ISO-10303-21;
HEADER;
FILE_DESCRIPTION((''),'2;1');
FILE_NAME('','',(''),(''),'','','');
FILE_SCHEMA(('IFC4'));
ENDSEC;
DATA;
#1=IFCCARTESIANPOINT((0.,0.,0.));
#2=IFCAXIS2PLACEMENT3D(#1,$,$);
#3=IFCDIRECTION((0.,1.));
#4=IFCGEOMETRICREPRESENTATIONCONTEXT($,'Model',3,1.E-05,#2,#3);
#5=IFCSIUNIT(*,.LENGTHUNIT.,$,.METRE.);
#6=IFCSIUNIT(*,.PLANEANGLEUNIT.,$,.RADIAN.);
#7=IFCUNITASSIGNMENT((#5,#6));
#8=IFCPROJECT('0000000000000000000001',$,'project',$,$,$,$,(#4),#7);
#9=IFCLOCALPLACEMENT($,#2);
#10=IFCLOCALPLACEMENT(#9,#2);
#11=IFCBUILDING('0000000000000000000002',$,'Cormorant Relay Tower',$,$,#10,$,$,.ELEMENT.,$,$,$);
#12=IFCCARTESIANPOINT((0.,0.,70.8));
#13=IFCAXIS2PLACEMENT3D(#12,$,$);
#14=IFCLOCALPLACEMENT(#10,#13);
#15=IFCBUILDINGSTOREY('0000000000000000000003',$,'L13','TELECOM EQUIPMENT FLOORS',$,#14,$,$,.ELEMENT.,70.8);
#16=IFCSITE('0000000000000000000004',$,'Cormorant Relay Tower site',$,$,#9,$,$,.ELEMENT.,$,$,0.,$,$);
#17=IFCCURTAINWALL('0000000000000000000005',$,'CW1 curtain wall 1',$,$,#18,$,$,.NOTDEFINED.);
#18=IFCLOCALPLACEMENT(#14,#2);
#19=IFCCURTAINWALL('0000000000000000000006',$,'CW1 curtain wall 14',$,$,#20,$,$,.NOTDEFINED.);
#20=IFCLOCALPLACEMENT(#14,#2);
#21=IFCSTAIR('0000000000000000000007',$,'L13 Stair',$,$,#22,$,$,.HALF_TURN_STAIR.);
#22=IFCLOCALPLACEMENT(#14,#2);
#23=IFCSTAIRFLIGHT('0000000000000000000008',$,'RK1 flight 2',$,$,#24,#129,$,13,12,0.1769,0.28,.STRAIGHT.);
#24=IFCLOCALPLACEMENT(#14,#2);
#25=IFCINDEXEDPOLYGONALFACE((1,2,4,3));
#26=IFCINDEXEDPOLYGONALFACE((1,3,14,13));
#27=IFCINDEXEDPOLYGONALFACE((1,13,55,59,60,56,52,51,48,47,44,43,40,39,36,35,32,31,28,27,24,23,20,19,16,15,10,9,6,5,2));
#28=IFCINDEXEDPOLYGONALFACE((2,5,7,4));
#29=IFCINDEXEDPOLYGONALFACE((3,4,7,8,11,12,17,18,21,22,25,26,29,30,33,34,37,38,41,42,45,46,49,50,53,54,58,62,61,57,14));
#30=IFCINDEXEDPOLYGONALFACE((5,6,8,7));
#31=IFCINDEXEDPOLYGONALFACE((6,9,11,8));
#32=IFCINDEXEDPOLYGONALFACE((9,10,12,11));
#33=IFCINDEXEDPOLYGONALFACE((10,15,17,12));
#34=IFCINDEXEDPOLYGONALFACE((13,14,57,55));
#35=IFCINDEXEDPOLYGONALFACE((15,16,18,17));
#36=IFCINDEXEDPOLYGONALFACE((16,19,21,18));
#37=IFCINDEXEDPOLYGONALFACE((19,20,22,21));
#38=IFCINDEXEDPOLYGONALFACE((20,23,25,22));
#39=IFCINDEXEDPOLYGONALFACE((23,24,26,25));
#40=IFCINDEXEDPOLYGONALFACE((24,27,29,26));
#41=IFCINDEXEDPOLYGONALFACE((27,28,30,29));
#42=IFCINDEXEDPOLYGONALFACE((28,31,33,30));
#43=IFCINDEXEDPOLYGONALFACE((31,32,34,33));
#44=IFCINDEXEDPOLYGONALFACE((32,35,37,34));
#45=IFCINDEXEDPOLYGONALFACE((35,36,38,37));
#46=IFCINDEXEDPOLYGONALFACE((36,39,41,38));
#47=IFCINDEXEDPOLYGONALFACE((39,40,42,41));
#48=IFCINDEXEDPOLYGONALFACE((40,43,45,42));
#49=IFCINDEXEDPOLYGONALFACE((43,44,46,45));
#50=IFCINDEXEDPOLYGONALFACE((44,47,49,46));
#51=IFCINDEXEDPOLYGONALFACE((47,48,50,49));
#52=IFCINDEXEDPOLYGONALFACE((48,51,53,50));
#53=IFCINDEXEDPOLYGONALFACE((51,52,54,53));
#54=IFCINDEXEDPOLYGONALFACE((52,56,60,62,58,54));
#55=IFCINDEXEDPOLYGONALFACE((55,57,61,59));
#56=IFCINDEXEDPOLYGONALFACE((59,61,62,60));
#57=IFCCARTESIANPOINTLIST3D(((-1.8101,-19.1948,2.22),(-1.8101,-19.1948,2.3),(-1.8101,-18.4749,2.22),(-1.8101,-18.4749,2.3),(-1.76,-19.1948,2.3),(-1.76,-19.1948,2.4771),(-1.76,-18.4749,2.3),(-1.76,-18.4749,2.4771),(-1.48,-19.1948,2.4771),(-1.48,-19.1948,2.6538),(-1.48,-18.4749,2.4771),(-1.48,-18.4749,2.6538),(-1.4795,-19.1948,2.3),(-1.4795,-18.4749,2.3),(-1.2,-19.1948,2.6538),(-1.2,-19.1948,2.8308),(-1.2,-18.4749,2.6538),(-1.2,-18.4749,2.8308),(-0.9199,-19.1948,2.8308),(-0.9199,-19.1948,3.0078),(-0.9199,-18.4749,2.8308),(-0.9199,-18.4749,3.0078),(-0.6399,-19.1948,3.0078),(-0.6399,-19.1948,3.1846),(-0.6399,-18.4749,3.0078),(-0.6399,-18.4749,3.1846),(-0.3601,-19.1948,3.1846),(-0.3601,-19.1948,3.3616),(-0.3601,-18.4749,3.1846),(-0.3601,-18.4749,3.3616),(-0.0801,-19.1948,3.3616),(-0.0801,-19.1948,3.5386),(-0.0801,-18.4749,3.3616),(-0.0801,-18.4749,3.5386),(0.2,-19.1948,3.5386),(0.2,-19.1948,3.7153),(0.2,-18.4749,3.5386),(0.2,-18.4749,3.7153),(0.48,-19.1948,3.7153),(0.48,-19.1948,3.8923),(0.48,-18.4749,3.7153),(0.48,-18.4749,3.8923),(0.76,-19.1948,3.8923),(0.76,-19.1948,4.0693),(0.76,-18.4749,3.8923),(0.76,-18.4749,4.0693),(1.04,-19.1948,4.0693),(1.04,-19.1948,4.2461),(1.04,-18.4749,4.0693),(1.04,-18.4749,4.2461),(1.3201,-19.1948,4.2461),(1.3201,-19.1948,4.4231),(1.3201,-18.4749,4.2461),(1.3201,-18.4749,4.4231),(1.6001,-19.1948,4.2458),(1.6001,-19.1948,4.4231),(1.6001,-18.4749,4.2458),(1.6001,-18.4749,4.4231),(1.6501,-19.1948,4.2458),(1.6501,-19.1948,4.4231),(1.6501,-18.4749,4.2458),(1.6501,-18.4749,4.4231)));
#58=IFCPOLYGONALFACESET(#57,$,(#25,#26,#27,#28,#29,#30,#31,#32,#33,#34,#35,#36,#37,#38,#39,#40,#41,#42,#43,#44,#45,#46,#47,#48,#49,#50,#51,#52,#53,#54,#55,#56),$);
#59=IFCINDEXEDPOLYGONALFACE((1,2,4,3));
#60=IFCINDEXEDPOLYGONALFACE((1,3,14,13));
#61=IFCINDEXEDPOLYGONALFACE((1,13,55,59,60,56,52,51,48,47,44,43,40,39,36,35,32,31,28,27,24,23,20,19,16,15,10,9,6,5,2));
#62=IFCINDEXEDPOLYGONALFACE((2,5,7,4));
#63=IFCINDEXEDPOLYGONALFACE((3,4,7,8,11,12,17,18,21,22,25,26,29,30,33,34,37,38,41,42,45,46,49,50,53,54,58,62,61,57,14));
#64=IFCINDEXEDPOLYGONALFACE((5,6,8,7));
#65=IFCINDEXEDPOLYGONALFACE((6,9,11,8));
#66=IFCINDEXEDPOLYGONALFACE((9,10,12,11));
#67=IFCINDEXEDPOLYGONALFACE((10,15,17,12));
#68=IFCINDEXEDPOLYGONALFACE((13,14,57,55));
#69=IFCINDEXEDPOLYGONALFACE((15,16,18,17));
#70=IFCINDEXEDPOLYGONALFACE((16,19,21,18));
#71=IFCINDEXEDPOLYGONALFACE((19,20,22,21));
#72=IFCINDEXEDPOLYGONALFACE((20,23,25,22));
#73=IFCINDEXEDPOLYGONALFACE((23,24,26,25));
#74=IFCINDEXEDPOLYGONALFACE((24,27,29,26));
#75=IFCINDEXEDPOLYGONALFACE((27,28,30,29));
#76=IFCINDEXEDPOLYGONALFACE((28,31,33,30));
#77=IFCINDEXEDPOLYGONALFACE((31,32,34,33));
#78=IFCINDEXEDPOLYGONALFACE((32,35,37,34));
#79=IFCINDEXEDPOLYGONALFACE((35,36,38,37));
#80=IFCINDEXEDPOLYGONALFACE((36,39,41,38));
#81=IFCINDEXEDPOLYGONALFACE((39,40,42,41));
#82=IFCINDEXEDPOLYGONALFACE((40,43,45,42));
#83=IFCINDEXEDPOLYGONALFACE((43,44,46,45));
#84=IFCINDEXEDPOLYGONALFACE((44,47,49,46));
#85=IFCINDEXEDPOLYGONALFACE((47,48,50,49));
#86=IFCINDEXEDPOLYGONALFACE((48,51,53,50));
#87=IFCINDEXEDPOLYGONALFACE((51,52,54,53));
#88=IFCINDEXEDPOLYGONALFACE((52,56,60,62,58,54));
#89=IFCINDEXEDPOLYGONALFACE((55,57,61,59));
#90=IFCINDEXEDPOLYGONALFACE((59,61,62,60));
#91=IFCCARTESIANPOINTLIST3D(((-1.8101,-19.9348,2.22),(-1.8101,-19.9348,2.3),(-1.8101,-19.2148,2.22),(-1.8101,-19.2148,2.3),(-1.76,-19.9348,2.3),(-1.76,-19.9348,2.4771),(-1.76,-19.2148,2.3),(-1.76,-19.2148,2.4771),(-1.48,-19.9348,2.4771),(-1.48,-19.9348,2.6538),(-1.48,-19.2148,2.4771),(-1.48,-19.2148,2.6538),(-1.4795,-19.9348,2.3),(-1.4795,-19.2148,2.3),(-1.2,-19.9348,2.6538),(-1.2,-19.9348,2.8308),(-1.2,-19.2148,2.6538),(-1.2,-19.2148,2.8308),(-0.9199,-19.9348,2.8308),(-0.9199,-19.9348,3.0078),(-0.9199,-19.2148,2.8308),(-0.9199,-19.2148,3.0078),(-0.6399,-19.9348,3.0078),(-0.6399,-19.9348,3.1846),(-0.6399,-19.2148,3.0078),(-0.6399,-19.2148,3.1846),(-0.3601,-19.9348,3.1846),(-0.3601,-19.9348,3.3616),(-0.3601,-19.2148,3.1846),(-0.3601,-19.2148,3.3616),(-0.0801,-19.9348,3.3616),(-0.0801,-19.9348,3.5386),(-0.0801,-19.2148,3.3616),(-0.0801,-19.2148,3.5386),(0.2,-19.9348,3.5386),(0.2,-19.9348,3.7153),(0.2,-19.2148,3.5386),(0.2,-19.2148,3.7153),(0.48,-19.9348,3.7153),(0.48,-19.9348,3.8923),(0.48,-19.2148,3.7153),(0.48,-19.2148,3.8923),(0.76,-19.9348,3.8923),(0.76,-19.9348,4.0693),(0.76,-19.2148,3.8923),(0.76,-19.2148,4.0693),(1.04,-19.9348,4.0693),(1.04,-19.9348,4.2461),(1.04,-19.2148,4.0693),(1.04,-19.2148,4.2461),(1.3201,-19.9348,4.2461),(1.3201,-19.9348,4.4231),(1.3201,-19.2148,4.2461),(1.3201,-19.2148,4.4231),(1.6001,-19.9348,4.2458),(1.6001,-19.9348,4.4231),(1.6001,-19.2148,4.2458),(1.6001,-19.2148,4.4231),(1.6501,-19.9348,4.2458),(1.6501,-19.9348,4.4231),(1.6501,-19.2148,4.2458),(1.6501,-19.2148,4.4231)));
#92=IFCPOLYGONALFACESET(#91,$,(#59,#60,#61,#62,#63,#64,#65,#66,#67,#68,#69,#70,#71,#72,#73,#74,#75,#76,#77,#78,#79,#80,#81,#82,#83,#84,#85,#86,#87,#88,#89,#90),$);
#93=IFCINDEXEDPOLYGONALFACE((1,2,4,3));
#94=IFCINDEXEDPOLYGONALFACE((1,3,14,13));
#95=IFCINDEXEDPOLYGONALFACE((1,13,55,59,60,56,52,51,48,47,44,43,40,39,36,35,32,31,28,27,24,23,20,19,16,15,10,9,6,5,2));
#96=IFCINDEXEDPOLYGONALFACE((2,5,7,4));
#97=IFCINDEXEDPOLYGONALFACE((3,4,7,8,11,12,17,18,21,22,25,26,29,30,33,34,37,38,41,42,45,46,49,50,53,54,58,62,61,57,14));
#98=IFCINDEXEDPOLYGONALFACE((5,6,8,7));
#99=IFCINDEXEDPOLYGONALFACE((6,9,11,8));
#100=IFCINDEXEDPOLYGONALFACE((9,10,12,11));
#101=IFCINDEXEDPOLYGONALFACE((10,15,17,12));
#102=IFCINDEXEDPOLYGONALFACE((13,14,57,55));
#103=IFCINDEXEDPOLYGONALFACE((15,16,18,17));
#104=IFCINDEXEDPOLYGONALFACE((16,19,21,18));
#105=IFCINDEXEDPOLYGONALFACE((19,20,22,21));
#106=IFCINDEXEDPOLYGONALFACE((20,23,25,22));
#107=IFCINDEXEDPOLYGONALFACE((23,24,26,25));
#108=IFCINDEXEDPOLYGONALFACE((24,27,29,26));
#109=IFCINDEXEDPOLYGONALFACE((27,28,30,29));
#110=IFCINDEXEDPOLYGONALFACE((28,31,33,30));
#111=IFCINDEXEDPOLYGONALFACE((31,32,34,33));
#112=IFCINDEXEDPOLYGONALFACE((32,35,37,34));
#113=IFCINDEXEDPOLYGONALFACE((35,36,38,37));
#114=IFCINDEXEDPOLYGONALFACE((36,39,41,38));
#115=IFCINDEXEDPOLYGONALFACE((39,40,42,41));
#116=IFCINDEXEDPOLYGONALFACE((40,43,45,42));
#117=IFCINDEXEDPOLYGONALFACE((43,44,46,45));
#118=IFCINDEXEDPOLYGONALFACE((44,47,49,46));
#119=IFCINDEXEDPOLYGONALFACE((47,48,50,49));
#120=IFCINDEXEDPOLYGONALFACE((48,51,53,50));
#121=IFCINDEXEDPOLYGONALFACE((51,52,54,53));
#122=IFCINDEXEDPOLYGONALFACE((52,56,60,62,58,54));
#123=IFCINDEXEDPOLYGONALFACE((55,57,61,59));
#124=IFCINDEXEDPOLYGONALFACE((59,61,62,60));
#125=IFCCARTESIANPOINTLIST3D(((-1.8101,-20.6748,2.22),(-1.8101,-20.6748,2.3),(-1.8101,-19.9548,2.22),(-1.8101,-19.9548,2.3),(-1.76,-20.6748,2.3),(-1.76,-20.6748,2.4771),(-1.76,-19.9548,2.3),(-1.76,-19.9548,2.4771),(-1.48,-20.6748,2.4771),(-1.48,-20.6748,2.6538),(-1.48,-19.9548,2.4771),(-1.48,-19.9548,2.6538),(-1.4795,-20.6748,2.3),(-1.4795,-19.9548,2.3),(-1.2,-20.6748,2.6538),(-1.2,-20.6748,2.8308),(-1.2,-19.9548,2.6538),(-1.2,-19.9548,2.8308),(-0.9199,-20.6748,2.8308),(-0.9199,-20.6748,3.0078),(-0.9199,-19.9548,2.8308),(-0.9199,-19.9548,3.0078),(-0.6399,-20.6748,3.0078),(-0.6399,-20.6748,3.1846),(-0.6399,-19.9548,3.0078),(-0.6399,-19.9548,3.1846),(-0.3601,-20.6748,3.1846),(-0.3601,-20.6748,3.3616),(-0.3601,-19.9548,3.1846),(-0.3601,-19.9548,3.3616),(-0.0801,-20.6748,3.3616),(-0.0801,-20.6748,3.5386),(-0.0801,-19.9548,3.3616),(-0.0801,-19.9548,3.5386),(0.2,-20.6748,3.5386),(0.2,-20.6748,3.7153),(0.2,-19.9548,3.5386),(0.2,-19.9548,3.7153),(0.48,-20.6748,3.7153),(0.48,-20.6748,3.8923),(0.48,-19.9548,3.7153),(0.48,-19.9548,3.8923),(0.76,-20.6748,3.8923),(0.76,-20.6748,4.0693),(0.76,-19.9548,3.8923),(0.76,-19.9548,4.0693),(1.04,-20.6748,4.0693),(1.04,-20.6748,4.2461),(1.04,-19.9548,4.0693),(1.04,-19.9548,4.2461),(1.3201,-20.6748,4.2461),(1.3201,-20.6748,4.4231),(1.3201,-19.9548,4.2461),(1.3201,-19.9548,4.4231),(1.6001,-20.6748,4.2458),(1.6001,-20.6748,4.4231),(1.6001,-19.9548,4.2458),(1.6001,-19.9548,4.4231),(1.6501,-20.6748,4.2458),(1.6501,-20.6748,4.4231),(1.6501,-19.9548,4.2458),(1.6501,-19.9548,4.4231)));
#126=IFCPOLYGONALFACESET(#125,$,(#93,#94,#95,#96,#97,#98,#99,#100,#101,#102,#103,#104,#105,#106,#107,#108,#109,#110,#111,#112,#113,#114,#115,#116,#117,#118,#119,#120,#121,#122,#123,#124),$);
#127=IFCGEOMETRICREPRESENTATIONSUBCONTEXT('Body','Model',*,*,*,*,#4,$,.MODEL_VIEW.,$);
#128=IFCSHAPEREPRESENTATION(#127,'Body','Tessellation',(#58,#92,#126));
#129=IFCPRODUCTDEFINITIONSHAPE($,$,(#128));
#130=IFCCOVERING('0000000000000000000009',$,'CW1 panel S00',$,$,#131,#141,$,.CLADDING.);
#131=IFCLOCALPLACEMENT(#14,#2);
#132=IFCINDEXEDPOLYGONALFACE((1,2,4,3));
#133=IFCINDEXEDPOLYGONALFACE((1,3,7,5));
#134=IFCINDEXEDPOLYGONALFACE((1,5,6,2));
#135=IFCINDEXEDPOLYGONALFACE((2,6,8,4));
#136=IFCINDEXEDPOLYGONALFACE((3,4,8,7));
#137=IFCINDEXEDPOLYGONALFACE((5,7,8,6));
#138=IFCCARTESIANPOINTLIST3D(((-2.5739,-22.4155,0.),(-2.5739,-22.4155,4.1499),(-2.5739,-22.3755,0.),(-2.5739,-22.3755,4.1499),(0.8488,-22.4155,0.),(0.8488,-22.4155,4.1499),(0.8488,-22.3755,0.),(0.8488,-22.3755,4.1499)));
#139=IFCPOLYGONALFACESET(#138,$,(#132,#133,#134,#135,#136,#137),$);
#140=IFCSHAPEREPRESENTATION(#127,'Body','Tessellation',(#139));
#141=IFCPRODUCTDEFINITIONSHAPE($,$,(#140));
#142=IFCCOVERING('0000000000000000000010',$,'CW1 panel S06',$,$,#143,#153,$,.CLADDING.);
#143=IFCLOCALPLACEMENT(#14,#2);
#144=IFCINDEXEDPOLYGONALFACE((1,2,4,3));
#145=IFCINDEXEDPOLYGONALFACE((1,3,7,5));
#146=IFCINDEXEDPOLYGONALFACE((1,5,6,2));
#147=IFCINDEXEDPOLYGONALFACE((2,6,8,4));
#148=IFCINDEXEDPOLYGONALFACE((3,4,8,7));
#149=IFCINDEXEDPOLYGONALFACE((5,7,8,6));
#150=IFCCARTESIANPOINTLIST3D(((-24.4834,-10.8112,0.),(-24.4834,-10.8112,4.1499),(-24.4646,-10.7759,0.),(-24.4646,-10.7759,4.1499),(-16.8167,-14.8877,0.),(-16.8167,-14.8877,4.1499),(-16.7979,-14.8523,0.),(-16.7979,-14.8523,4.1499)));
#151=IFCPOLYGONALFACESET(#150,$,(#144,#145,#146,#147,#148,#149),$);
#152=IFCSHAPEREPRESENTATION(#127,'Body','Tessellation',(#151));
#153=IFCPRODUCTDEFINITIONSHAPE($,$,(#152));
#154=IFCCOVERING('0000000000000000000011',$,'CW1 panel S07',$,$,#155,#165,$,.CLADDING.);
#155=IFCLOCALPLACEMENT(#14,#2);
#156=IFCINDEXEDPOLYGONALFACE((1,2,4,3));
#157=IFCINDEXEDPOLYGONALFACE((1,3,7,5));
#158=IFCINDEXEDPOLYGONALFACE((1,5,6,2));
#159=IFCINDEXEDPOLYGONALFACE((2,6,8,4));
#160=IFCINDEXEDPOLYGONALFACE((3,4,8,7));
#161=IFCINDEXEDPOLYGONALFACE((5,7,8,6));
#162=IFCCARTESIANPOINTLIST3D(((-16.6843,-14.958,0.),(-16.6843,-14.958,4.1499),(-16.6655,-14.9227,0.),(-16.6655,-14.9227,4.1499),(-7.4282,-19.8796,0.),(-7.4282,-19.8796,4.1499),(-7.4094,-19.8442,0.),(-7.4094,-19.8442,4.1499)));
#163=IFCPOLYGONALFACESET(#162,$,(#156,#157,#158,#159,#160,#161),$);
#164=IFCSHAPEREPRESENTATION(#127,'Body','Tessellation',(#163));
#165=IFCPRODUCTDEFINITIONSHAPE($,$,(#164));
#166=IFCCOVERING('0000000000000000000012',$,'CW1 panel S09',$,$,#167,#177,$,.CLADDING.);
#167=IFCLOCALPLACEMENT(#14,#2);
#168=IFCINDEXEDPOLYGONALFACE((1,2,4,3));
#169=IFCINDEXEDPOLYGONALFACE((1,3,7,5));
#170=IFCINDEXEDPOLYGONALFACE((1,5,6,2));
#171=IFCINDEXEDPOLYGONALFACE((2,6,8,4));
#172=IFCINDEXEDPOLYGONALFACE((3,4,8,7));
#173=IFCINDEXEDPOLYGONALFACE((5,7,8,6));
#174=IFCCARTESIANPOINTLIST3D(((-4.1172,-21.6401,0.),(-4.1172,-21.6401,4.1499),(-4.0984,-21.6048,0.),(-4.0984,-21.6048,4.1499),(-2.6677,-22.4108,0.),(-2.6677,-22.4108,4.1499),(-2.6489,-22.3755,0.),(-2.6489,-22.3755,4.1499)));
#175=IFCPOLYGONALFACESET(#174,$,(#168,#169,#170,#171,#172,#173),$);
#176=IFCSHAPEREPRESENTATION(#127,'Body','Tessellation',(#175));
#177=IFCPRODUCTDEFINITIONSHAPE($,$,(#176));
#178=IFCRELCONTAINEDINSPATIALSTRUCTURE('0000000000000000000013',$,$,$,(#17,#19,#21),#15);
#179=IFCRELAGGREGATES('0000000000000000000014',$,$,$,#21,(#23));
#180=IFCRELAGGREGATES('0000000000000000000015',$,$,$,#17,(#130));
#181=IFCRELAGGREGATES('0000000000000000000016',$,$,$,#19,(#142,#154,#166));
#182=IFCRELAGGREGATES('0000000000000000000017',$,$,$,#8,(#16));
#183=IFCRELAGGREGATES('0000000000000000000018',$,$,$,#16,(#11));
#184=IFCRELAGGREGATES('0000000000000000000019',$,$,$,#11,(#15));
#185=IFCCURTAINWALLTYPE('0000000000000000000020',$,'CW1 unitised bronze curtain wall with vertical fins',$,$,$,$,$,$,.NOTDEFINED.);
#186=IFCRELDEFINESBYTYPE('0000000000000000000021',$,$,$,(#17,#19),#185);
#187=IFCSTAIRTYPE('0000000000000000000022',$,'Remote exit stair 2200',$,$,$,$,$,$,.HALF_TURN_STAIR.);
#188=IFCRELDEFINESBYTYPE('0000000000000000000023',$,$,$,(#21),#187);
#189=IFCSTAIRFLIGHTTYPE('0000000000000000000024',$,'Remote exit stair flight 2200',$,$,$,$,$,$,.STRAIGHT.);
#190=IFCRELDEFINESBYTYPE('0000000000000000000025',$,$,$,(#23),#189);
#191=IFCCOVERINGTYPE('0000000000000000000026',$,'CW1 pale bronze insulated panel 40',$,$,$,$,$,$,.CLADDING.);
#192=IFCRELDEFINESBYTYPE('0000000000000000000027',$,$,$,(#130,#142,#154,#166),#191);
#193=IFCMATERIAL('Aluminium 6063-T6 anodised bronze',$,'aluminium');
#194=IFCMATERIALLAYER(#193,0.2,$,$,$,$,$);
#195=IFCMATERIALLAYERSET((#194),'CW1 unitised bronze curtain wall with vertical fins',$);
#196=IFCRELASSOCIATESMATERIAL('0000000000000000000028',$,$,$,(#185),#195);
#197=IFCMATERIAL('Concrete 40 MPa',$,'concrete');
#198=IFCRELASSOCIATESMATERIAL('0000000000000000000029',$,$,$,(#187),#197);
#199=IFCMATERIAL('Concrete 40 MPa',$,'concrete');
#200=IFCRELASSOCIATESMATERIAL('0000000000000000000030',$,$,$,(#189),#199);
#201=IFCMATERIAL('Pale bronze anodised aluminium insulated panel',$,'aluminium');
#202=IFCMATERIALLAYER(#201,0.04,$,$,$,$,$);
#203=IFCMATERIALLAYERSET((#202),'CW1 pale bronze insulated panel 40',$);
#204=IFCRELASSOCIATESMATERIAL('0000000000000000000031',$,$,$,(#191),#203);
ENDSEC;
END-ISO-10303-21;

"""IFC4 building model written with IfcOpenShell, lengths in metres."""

from ifc_helpers import new_model, si_unit, direction, frame, origin, origin_2d, place, context, subcontext, project, spatial, polyline, rectangle, outline, extrude, material, layer, layer_set, type_object, element, aggregate, save


model = new_model("IFC4")

# Units and contexts
model_context = context("Model", 3, precision=1e-05, world=origin(), true_north=direction((0.0, 1.0)))
body_context = subcontext(model_context, "Body", "Model", "MODEL_VIEW")
ifc_project = project(units=[si_unit("LENGTHUNIT", "METRE"), si_unit("PLANEANGLEUNIT", "RADIAN")], contexts=[model_context])

# Site, building, storey
site_placement = place(None, origin())
site = spatial("IfcSite", under=ifc_project, at=site_placement, Name="Cormorant Relay Tower site", CompositionType="ELEMENT", RefElevation=0.0)
building_placement = place(site_placement, origin())
building = spatial("IfcBuilding", under=site, at=building_placement, Name="Cormorant Relay Tower", CompositionType="ELEMENT")
storey_placement = place(building_placement, frame((0.0, 0.0, 70.8)))
storey = spatial("IfcBuildingStorey", under=building, at=storey_placement, Name="L13", Description="TELECOM EQUIPMENT FLOORS", CompositionType="ELEMENT", Elevation=70.8)

# Curtain wall
ifc_material_1 = material(Name="Aluminium 6063-T6 anodised bronze", Category="aluminium")
ifc_layer_1 = layer(ifc_material_1, 0.2)
ifc_layer_set_1 = layer_set([ifc_layer_1], Name="CW1 unitised bronze curtain wall with vertical fins")
curtain_wall_type = type_object("IfcCurtainWallType", Name="CW1 unitised bronze curtain wall with vertical fins", PredefinedType="NOTDEFINED", material=ifc_layer_set_1)
curtain_wall_1_placement = place(storey_placement, origin())
curtain_wall_1 = element("IfcCurtainWall", 1, at=curtain_wall_1_placement, inside=storey, type_object=curtain_wall_type, Name="CW1 curtain wall 1", PredefinedType="NOTDEFINED")

# Curtain wall
curtain_wall_2_placement = place(storey_placement, origin())
curtain_wall_2 = element("IfcCurtainWall", 2, at=curtain_wall_2_placement, inside=storey, type_object=curtain_wall_type, Name="CW1 curtain wall 14", PredefinedType="NOTDEFINED")

# Stair, stair flight
ifc_material_2 = material(Name="Concrete 40 MPa", Category="concrete")
stair_type = type_object("IfcStairType", Name="Remote exit stair 2200", PredefinedType="HALF_TURN_STAIR", material=ifc_material_2)
stair_placement = place(storey_placement, origin())
stair = element("IfcStair", 3, at=stair_placement, inside=storey, type_object=stair_type, Name="L13 Stair", PredefinedType="HALF_TURN_STAIR")
ifc_material_3 = material(Name="Concrete 40 MPa", Category="concrete")
stair_flight_type = type_object("IfcStairFlightType", Name="Remote exit stair flight 2200", PredefinedType="STRAIGHT", material=ifc_material_3)
stair_flight_placement = place(storey_placement, frame((-1.76, -19.575, 2.3), z_axis=(0.0, 0.0, 1.0), x_axis=(1.0, 0.0, 0.0)))
stair_flight = element("IfcStairFlight", 4, at=stair_flight_placement, type_object=stair_flight_type, Name="RK1 flight 2", NumberOfRisers=13, NumberOfTreads=12, PredefinedType="STRAIGHT", RiserHeight=0.1769, TreadLength=0.28, context=body_context, shape_type="SweptSolid", body=[
    extrude(outline(polyline([(-0.05, -0.0801), (-0.05, 0.0), (0.0, 0.0), (0.0, 0.177), (0.28, 0.177), (0.28, 0.3538), (0.5601, 0.3538), (0.5601, 0.5308), (0.8401, 0.5308), (0.8401, 0.7078), (1.1201, 0.7078), (1.1201, 0.8845), (1.3999, 0.8845), (1.3999, 1.0615), (1.6799, 1.0615), (1.6799, 1.2385), (1.96, 1.2385), (1.96, 1.4153), (2.24, 1.4153), (2.24, 1.5923), (2.52, 1.5923), (2.52, 1.7693), (2.8, 1.7693), (2.8, 1.946), (3.0801, 1.946), (3.0801, 2.123), (3.3601, 2.123), (3.4102, 2.123), (3.4102, 1.9458), (3.3601, 1.9458), (0.2805, 0.0), (-0.05, -0.0801)])), frame((0.0, 1.1001, 0.0), z_axis=(0.0, -1.0, 0.0), x_axis=(1.0, 0.0, 0.0)), (0.0, 0.0, 1.0), 0.72),
    extrude(outline(polyline([(-0.05, -0.0801), (-0.05, 0.0), (0.0, 0.0), (0.0, 0.177), (0.28, 0.177), (0.28, 0.3538), (0.5601, 0.3538), (0.5601, 0.5308), (0.8401, 0.5308), (0.8401, 0.7078), (1.1201, 0.7078), (1.1201, 0.8845), (1.3999, 0.8845), (1.3999, 1.0615), (1.6799, 1.0615), (1.6799, 1.2385), (1.96, 1.2385), (1.96, 1.4153), (2.24, 1.4153), (2.24, 1.5923), (2.52, 1.5923), (2.52, 1.7693), (2.8, 1.7693), (2.8, 1.946), (3.0801, 1.946), (3.0801, 2.123), (3.3601, 2.123), (3.4102, 2.123), (3.4102, 1.9458), (3.3601, 1.9458), (0.2805, 0.0), (-0.05, -0.0801)])), frame((0.0, 0.3601, 0.0), z_axis=(0.0, -1.0, 0.0), x_axis=(1.0, 0.0, 0.0)), (0.0, 0.0, 1.0), 0.72),
    extrude(outline(polyline([(-0.05, -0.0801), (-0.05, 0.0), (0.0, 0.0), (0.0, 0.177), (0.28, 0.177), (0.28, 0.3538), (0.5601, 0.3538), (0.5601, 0.5308), (0.8401, 0.5308), (0.8401, 0.7078), (1.1201, 0.7078), (1.1201, 0.8845), (1.3999, 0.8845), (1.3999, 1.0615), (1.6799, 1.0615), (1.6799, 1.2385), (1.96, 1.2385), (1.96, 1.4153), (2.24, 1.4153), (2.24, 1.5923), (2.52, 1.5923), (2.52, 1.7693), (2.8, 1.7693), (2.8, 1.946), (3.0801, 1.946), (3.0801, 2.123), (3.3601, 2.123), (3.4102, 2.123), (3.4102, 1.9458), (3.3601, 1.9458), (0.2805, 0.0), (-0.05, -0.0801)])), frame((0.0, -0.3799, 0.0), z_axis=(0.0, -1.0, 0.0), x_axis=(1.0, 0.0, 0.0)), (0.0, 0.0, 1.0), 0.72),
])
aggregate(stair, [stair_flight])

# Coverings
ifc_material_4 = material(Name="Pale bronze anodised aluminium insulated panel", Category="aluminium")
ifc_layer_2 = layer(ifc_material_4, 0.04)
ifc_layer_set_2 = layer_set([ifc_layer_2], Name="CW1 pale bronze insulated panel 40")
covering_type = type_object("IfcCoveringType", Name="CW1 pale bronze insulated panel 40", PredefinedType="CLADDING", material=ifc_layer_set_2)
covering_1_placement = place(storey_placement, frame((-0.8625, -22.3955, 0.0), z_axis=(0.0, 0.0, 1.0), x_axis=(1.0, 0.0, 0.0)))
covering_1 = element("IfcCovering", 5, at=covering_1_placement, type_object=covering_type, Name="CW1 panel S00", PredefinedType="CLADDING", context=body_context, shape_type="SweptSolid", body=[
    extrude(rectangle(XDim=3.4226, YDim=0.04, at=origin_2d()), origin(), (0.0, 0.0, 1.0), 4.1499),
])
aggregate(curtain_wall_1, [covering_1])
covering_2_placement = place(storey_placement, frame((-20.6406, -12.8318, 0.0), z_axis=(0.0, 0.0, 1.0), x_axis=(0.882948, -0.469472, 0.0)))
covering_2 = element("IfcCovering", 6, at=covering_2_placement, type_object=covering_type, Name="CW1 panel S06", PredefinedType="CLADDING", context=body_context, shape_type="SweptSolid", body=[
    extrude(rectangle(XDim=8.6831, YDim=0.04, at=origin_2d()), origin(), (0.0, 0.0, 1.0), 4.1499),
])
covering_3_placement = place(storey_placement, frame((-12.0469, -17.4011, 0.0), z_axis=(0.0, 0.0, 1.0), x_axis=(0.882948, -0.469472, 0.0)))
covering_3 = element("IfcCovering", 7, at=covering_3_placement, type_object=covering_type, Name="CW1 panel S07", PredefinedType="CLADDING", context=body_context, shape_type="SweptSolid", body=[
    extrude(rectangle(XDim=10.4832, YDim=0.04, at=origin_2d()), origin(), (0.0, 0.0, 1.0), 4.1499),
])
covering_4_placement = place(storey_placement, frame((-3.3831, -22.0078, 0.0), z_axis=(0.0, 0.0, 1.0), x_axis=(0.882948, -0.469472, 0.0)))
covering_4 = element("IfcCovering", 8, at=covering_4_placement, type_object=covering_type, Name="CW1 panel S09", PredefinedType="CLADDING", context=body_context, shape_type="SweptSolid", body=[
    extrude(rectangle(XDim=1.6416, YDim=0.04, at=origin_2d()), origin(), (0.0, 0.0, 1.0), 4.1499),
])
aggregate(curtain_wall_2, [covering_2, covering_3, covering_4])

save(model, "model.ifc")
